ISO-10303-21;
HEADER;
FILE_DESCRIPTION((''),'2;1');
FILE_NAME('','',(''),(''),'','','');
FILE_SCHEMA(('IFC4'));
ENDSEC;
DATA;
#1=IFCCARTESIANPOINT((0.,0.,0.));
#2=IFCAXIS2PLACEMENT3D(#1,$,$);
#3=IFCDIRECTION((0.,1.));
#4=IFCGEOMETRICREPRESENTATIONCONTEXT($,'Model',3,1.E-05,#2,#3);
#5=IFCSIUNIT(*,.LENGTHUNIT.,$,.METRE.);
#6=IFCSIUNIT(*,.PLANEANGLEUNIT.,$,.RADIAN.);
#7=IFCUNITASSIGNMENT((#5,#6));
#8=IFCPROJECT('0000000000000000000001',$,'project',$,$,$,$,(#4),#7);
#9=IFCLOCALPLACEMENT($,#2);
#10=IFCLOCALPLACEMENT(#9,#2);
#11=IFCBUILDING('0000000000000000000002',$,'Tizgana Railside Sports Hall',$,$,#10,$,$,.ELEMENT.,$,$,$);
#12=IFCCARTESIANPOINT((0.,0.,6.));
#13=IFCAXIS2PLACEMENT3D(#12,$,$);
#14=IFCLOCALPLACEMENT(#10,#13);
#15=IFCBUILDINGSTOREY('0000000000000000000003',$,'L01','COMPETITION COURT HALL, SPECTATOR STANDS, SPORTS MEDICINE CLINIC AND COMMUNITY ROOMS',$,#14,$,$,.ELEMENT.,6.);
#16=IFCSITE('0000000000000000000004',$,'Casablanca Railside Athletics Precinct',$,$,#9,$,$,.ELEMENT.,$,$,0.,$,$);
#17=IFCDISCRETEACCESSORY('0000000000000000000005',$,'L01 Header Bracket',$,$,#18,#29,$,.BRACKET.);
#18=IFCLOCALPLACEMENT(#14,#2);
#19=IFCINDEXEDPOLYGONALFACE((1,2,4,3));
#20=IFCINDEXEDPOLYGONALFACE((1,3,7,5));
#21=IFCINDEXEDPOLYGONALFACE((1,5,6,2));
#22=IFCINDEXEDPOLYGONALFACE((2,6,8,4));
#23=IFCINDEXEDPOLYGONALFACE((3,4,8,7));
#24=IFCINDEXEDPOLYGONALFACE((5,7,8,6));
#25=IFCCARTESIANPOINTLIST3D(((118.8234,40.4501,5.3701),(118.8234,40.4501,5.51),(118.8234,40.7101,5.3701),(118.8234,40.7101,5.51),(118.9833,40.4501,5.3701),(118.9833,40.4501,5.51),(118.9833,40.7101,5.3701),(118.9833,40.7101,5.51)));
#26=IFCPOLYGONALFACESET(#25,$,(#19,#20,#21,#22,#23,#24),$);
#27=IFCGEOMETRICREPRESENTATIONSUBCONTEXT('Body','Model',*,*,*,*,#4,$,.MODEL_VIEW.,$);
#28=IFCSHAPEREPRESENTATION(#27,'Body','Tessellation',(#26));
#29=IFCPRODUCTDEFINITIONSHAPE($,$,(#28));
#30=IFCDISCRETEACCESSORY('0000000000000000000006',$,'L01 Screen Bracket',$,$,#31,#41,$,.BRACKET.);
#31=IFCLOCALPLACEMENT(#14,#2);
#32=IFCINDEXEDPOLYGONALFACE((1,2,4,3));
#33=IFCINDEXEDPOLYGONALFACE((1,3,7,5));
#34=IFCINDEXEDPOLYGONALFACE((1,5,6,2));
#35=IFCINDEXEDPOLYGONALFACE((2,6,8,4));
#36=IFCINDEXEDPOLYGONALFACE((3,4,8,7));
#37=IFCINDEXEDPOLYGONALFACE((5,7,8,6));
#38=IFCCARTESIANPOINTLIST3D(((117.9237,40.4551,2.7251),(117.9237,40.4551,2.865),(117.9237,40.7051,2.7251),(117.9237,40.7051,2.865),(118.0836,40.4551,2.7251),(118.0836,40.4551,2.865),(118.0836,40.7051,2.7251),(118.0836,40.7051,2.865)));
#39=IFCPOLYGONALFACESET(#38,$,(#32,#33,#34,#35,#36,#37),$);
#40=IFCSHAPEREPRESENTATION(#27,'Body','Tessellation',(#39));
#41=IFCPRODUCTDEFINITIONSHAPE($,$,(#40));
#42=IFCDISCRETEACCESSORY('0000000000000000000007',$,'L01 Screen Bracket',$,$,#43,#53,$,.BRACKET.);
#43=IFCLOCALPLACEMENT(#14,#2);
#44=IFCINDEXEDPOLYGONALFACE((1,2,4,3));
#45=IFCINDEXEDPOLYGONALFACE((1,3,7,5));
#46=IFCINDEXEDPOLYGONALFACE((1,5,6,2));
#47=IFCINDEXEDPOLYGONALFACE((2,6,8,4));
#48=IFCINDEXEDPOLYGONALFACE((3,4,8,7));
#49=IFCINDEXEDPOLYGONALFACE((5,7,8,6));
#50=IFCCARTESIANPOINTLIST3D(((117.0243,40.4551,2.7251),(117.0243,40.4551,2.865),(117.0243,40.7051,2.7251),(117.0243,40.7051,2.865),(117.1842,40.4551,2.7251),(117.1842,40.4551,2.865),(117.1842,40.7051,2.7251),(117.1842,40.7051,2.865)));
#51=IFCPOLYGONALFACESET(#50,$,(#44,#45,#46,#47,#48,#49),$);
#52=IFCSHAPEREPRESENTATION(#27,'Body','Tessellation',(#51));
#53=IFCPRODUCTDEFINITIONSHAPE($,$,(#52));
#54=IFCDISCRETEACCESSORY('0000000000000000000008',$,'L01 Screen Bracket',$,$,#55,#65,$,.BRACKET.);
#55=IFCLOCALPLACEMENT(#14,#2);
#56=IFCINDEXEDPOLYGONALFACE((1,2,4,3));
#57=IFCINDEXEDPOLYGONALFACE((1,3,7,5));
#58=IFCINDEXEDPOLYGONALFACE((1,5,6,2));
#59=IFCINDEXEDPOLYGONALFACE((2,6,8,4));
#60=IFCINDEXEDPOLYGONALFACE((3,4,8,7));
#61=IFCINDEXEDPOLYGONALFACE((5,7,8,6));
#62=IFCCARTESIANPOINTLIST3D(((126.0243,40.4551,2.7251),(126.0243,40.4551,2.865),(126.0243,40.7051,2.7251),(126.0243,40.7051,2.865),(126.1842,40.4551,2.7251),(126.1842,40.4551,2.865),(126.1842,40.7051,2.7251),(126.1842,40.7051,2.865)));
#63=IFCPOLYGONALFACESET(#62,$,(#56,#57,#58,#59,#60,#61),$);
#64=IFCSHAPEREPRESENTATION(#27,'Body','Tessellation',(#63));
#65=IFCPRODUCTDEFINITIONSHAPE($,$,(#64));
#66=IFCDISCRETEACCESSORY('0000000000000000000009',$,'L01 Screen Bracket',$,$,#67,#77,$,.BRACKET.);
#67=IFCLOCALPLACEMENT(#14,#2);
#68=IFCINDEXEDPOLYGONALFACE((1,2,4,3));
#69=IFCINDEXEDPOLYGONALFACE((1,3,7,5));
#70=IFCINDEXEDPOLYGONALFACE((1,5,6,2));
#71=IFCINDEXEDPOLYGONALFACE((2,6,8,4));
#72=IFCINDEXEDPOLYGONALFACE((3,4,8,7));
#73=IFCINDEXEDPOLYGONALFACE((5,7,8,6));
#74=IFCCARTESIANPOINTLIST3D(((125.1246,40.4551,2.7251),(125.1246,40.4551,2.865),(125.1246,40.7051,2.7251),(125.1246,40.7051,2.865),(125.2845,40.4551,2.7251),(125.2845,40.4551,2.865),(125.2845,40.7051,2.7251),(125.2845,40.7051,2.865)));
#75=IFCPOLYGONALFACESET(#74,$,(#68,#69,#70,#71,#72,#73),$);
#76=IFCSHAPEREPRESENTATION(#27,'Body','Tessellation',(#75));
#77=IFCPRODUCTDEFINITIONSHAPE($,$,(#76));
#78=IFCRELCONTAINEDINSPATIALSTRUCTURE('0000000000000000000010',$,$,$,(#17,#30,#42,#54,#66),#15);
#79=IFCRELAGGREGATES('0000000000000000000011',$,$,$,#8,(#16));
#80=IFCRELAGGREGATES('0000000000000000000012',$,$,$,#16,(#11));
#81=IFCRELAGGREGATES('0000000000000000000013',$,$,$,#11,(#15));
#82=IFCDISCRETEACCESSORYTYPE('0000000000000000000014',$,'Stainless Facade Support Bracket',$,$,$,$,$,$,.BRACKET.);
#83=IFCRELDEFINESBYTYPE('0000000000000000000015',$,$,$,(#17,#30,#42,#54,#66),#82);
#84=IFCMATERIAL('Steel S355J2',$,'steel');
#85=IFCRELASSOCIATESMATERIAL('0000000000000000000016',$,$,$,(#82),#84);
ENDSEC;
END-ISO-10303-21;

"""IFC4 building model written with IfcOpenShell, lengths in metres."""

from ifc_helpers import new_model, si_unit, direction, frame, origin, origin_2d, place, context, subcontext, project, spatial, rectangle, extrude, material, type_object, element, save


model = new_model("IFC4")

# Units and contexts
model_context = context("Model", 3, precision=1e-05, world=origin(), true_north=direction((0.0, 1.0)))
body_context = subcontext(model_context, "Body", "Model", "MODEL_VIEW")
ifc_project = project(units=[si_unit("LENGTHUNIT", "METRE"), si_unit("PLANEANGLEUNIT", "RADIAN")], contexts=[model_context])

# Site, building, storey
site_placement = place(None, origin())
site = spatial("IfcSite", under=ifc_project, at=site_placement, Name="Casablanca Railside Athletics Precinct", CompositionType="ELEMENT", RefElevation=0.0)
building_placement = place(site_placement, origin())
building = spatial("IfcBuilding", under=site, at=building_placement, Name="Tizgana Railside Sports Hall", CompositionType="ELEMENT")
storey_placement = place(building_placement, frame((0.0, 0.0, 6.0)))
storey = spatial("IfcBuildingStorey", under=building, at=storey_placement, Name="L01", Description="COMPETITION COURT HALL, SPECTATOR STANDS, SPORTS MEDICINE CLINIC AND COMMUNITY ROOMS", CompositionType="ELEMENT", Elevation=6.0)

# Discrete accessories
ifc_material_1 = material(Name="Steel S355J2", Category="steel")
discrete_accessory_type = type_object("IfcDiscreteAccessoryType", Name="Stainless Facade Support Bracket", PredefinedType="BRACKET", material=ifc_material_1)
for number, where, z_axis, x_axis, name in (
    (1, (118.9033, 40.5801, 5.3701), (0.0, 0.0, 1.0), (-1.0, 0.0, 0.0), "L01 Header Bracket"),
):
    element("IfcDiscreteAccessory", number, at=place(storey_placement, frame(where, z_axis=z_axis, x_axis=x_axis)), inside=storey, type_object=discrete_accessory_type, Name=name, PredefinedType="BRACKET", context=body_context, shape_type="SweptSolid", body=[
        extrude(rectangle(XDim=0.1599, YDim=0.26, at=origin_2d()), origin(), (0.0, 0.0, 1.0), 0.1399),
    ])
for number, where, z_axis, x_axis, name in (
    (2, (118.0037, 40.5801, 2.7251), (0.0, 0.0, 1.0), (-1.0, 0.0, 0.0), "L01 Screen Bracket"),
    (3, (117.1042, 40.5801, 2.7251), (0.0, 0.0, 1.0), (-1.0, 0.0, 0.0), "L01 Screen Bracket"),
    (4, (126.1042, 40.5801, 2.7251), (0.0, 0.0, 1.0), (-1.0, 0.0, 0.0), "L01 Screen Bracket"),
    (5, (125.2046, 40.5801, 2.7251), (0.0, 0.0, 1.0), (-1.0, 0.0, 0.0), "L01 Screen Bracket"),
):
    element("IfcDiscreteAccessory", number, at=place(storey_placement, frame(where, z_axis=z_axis, x_axis=x_axis)), inside=storey, type_object=discrete_accessory_type, Name=name, PredefinedType="BRACKET", context=body_context, shape_type="SweptSolid", body=[
        extrude(rectangle(XDim=0.1599, YDim=0.25, at=origin_2d()), origin(), (0.0, 0.0, 1.0), 0.1399),
    ])

save(model, "model.ifc")
